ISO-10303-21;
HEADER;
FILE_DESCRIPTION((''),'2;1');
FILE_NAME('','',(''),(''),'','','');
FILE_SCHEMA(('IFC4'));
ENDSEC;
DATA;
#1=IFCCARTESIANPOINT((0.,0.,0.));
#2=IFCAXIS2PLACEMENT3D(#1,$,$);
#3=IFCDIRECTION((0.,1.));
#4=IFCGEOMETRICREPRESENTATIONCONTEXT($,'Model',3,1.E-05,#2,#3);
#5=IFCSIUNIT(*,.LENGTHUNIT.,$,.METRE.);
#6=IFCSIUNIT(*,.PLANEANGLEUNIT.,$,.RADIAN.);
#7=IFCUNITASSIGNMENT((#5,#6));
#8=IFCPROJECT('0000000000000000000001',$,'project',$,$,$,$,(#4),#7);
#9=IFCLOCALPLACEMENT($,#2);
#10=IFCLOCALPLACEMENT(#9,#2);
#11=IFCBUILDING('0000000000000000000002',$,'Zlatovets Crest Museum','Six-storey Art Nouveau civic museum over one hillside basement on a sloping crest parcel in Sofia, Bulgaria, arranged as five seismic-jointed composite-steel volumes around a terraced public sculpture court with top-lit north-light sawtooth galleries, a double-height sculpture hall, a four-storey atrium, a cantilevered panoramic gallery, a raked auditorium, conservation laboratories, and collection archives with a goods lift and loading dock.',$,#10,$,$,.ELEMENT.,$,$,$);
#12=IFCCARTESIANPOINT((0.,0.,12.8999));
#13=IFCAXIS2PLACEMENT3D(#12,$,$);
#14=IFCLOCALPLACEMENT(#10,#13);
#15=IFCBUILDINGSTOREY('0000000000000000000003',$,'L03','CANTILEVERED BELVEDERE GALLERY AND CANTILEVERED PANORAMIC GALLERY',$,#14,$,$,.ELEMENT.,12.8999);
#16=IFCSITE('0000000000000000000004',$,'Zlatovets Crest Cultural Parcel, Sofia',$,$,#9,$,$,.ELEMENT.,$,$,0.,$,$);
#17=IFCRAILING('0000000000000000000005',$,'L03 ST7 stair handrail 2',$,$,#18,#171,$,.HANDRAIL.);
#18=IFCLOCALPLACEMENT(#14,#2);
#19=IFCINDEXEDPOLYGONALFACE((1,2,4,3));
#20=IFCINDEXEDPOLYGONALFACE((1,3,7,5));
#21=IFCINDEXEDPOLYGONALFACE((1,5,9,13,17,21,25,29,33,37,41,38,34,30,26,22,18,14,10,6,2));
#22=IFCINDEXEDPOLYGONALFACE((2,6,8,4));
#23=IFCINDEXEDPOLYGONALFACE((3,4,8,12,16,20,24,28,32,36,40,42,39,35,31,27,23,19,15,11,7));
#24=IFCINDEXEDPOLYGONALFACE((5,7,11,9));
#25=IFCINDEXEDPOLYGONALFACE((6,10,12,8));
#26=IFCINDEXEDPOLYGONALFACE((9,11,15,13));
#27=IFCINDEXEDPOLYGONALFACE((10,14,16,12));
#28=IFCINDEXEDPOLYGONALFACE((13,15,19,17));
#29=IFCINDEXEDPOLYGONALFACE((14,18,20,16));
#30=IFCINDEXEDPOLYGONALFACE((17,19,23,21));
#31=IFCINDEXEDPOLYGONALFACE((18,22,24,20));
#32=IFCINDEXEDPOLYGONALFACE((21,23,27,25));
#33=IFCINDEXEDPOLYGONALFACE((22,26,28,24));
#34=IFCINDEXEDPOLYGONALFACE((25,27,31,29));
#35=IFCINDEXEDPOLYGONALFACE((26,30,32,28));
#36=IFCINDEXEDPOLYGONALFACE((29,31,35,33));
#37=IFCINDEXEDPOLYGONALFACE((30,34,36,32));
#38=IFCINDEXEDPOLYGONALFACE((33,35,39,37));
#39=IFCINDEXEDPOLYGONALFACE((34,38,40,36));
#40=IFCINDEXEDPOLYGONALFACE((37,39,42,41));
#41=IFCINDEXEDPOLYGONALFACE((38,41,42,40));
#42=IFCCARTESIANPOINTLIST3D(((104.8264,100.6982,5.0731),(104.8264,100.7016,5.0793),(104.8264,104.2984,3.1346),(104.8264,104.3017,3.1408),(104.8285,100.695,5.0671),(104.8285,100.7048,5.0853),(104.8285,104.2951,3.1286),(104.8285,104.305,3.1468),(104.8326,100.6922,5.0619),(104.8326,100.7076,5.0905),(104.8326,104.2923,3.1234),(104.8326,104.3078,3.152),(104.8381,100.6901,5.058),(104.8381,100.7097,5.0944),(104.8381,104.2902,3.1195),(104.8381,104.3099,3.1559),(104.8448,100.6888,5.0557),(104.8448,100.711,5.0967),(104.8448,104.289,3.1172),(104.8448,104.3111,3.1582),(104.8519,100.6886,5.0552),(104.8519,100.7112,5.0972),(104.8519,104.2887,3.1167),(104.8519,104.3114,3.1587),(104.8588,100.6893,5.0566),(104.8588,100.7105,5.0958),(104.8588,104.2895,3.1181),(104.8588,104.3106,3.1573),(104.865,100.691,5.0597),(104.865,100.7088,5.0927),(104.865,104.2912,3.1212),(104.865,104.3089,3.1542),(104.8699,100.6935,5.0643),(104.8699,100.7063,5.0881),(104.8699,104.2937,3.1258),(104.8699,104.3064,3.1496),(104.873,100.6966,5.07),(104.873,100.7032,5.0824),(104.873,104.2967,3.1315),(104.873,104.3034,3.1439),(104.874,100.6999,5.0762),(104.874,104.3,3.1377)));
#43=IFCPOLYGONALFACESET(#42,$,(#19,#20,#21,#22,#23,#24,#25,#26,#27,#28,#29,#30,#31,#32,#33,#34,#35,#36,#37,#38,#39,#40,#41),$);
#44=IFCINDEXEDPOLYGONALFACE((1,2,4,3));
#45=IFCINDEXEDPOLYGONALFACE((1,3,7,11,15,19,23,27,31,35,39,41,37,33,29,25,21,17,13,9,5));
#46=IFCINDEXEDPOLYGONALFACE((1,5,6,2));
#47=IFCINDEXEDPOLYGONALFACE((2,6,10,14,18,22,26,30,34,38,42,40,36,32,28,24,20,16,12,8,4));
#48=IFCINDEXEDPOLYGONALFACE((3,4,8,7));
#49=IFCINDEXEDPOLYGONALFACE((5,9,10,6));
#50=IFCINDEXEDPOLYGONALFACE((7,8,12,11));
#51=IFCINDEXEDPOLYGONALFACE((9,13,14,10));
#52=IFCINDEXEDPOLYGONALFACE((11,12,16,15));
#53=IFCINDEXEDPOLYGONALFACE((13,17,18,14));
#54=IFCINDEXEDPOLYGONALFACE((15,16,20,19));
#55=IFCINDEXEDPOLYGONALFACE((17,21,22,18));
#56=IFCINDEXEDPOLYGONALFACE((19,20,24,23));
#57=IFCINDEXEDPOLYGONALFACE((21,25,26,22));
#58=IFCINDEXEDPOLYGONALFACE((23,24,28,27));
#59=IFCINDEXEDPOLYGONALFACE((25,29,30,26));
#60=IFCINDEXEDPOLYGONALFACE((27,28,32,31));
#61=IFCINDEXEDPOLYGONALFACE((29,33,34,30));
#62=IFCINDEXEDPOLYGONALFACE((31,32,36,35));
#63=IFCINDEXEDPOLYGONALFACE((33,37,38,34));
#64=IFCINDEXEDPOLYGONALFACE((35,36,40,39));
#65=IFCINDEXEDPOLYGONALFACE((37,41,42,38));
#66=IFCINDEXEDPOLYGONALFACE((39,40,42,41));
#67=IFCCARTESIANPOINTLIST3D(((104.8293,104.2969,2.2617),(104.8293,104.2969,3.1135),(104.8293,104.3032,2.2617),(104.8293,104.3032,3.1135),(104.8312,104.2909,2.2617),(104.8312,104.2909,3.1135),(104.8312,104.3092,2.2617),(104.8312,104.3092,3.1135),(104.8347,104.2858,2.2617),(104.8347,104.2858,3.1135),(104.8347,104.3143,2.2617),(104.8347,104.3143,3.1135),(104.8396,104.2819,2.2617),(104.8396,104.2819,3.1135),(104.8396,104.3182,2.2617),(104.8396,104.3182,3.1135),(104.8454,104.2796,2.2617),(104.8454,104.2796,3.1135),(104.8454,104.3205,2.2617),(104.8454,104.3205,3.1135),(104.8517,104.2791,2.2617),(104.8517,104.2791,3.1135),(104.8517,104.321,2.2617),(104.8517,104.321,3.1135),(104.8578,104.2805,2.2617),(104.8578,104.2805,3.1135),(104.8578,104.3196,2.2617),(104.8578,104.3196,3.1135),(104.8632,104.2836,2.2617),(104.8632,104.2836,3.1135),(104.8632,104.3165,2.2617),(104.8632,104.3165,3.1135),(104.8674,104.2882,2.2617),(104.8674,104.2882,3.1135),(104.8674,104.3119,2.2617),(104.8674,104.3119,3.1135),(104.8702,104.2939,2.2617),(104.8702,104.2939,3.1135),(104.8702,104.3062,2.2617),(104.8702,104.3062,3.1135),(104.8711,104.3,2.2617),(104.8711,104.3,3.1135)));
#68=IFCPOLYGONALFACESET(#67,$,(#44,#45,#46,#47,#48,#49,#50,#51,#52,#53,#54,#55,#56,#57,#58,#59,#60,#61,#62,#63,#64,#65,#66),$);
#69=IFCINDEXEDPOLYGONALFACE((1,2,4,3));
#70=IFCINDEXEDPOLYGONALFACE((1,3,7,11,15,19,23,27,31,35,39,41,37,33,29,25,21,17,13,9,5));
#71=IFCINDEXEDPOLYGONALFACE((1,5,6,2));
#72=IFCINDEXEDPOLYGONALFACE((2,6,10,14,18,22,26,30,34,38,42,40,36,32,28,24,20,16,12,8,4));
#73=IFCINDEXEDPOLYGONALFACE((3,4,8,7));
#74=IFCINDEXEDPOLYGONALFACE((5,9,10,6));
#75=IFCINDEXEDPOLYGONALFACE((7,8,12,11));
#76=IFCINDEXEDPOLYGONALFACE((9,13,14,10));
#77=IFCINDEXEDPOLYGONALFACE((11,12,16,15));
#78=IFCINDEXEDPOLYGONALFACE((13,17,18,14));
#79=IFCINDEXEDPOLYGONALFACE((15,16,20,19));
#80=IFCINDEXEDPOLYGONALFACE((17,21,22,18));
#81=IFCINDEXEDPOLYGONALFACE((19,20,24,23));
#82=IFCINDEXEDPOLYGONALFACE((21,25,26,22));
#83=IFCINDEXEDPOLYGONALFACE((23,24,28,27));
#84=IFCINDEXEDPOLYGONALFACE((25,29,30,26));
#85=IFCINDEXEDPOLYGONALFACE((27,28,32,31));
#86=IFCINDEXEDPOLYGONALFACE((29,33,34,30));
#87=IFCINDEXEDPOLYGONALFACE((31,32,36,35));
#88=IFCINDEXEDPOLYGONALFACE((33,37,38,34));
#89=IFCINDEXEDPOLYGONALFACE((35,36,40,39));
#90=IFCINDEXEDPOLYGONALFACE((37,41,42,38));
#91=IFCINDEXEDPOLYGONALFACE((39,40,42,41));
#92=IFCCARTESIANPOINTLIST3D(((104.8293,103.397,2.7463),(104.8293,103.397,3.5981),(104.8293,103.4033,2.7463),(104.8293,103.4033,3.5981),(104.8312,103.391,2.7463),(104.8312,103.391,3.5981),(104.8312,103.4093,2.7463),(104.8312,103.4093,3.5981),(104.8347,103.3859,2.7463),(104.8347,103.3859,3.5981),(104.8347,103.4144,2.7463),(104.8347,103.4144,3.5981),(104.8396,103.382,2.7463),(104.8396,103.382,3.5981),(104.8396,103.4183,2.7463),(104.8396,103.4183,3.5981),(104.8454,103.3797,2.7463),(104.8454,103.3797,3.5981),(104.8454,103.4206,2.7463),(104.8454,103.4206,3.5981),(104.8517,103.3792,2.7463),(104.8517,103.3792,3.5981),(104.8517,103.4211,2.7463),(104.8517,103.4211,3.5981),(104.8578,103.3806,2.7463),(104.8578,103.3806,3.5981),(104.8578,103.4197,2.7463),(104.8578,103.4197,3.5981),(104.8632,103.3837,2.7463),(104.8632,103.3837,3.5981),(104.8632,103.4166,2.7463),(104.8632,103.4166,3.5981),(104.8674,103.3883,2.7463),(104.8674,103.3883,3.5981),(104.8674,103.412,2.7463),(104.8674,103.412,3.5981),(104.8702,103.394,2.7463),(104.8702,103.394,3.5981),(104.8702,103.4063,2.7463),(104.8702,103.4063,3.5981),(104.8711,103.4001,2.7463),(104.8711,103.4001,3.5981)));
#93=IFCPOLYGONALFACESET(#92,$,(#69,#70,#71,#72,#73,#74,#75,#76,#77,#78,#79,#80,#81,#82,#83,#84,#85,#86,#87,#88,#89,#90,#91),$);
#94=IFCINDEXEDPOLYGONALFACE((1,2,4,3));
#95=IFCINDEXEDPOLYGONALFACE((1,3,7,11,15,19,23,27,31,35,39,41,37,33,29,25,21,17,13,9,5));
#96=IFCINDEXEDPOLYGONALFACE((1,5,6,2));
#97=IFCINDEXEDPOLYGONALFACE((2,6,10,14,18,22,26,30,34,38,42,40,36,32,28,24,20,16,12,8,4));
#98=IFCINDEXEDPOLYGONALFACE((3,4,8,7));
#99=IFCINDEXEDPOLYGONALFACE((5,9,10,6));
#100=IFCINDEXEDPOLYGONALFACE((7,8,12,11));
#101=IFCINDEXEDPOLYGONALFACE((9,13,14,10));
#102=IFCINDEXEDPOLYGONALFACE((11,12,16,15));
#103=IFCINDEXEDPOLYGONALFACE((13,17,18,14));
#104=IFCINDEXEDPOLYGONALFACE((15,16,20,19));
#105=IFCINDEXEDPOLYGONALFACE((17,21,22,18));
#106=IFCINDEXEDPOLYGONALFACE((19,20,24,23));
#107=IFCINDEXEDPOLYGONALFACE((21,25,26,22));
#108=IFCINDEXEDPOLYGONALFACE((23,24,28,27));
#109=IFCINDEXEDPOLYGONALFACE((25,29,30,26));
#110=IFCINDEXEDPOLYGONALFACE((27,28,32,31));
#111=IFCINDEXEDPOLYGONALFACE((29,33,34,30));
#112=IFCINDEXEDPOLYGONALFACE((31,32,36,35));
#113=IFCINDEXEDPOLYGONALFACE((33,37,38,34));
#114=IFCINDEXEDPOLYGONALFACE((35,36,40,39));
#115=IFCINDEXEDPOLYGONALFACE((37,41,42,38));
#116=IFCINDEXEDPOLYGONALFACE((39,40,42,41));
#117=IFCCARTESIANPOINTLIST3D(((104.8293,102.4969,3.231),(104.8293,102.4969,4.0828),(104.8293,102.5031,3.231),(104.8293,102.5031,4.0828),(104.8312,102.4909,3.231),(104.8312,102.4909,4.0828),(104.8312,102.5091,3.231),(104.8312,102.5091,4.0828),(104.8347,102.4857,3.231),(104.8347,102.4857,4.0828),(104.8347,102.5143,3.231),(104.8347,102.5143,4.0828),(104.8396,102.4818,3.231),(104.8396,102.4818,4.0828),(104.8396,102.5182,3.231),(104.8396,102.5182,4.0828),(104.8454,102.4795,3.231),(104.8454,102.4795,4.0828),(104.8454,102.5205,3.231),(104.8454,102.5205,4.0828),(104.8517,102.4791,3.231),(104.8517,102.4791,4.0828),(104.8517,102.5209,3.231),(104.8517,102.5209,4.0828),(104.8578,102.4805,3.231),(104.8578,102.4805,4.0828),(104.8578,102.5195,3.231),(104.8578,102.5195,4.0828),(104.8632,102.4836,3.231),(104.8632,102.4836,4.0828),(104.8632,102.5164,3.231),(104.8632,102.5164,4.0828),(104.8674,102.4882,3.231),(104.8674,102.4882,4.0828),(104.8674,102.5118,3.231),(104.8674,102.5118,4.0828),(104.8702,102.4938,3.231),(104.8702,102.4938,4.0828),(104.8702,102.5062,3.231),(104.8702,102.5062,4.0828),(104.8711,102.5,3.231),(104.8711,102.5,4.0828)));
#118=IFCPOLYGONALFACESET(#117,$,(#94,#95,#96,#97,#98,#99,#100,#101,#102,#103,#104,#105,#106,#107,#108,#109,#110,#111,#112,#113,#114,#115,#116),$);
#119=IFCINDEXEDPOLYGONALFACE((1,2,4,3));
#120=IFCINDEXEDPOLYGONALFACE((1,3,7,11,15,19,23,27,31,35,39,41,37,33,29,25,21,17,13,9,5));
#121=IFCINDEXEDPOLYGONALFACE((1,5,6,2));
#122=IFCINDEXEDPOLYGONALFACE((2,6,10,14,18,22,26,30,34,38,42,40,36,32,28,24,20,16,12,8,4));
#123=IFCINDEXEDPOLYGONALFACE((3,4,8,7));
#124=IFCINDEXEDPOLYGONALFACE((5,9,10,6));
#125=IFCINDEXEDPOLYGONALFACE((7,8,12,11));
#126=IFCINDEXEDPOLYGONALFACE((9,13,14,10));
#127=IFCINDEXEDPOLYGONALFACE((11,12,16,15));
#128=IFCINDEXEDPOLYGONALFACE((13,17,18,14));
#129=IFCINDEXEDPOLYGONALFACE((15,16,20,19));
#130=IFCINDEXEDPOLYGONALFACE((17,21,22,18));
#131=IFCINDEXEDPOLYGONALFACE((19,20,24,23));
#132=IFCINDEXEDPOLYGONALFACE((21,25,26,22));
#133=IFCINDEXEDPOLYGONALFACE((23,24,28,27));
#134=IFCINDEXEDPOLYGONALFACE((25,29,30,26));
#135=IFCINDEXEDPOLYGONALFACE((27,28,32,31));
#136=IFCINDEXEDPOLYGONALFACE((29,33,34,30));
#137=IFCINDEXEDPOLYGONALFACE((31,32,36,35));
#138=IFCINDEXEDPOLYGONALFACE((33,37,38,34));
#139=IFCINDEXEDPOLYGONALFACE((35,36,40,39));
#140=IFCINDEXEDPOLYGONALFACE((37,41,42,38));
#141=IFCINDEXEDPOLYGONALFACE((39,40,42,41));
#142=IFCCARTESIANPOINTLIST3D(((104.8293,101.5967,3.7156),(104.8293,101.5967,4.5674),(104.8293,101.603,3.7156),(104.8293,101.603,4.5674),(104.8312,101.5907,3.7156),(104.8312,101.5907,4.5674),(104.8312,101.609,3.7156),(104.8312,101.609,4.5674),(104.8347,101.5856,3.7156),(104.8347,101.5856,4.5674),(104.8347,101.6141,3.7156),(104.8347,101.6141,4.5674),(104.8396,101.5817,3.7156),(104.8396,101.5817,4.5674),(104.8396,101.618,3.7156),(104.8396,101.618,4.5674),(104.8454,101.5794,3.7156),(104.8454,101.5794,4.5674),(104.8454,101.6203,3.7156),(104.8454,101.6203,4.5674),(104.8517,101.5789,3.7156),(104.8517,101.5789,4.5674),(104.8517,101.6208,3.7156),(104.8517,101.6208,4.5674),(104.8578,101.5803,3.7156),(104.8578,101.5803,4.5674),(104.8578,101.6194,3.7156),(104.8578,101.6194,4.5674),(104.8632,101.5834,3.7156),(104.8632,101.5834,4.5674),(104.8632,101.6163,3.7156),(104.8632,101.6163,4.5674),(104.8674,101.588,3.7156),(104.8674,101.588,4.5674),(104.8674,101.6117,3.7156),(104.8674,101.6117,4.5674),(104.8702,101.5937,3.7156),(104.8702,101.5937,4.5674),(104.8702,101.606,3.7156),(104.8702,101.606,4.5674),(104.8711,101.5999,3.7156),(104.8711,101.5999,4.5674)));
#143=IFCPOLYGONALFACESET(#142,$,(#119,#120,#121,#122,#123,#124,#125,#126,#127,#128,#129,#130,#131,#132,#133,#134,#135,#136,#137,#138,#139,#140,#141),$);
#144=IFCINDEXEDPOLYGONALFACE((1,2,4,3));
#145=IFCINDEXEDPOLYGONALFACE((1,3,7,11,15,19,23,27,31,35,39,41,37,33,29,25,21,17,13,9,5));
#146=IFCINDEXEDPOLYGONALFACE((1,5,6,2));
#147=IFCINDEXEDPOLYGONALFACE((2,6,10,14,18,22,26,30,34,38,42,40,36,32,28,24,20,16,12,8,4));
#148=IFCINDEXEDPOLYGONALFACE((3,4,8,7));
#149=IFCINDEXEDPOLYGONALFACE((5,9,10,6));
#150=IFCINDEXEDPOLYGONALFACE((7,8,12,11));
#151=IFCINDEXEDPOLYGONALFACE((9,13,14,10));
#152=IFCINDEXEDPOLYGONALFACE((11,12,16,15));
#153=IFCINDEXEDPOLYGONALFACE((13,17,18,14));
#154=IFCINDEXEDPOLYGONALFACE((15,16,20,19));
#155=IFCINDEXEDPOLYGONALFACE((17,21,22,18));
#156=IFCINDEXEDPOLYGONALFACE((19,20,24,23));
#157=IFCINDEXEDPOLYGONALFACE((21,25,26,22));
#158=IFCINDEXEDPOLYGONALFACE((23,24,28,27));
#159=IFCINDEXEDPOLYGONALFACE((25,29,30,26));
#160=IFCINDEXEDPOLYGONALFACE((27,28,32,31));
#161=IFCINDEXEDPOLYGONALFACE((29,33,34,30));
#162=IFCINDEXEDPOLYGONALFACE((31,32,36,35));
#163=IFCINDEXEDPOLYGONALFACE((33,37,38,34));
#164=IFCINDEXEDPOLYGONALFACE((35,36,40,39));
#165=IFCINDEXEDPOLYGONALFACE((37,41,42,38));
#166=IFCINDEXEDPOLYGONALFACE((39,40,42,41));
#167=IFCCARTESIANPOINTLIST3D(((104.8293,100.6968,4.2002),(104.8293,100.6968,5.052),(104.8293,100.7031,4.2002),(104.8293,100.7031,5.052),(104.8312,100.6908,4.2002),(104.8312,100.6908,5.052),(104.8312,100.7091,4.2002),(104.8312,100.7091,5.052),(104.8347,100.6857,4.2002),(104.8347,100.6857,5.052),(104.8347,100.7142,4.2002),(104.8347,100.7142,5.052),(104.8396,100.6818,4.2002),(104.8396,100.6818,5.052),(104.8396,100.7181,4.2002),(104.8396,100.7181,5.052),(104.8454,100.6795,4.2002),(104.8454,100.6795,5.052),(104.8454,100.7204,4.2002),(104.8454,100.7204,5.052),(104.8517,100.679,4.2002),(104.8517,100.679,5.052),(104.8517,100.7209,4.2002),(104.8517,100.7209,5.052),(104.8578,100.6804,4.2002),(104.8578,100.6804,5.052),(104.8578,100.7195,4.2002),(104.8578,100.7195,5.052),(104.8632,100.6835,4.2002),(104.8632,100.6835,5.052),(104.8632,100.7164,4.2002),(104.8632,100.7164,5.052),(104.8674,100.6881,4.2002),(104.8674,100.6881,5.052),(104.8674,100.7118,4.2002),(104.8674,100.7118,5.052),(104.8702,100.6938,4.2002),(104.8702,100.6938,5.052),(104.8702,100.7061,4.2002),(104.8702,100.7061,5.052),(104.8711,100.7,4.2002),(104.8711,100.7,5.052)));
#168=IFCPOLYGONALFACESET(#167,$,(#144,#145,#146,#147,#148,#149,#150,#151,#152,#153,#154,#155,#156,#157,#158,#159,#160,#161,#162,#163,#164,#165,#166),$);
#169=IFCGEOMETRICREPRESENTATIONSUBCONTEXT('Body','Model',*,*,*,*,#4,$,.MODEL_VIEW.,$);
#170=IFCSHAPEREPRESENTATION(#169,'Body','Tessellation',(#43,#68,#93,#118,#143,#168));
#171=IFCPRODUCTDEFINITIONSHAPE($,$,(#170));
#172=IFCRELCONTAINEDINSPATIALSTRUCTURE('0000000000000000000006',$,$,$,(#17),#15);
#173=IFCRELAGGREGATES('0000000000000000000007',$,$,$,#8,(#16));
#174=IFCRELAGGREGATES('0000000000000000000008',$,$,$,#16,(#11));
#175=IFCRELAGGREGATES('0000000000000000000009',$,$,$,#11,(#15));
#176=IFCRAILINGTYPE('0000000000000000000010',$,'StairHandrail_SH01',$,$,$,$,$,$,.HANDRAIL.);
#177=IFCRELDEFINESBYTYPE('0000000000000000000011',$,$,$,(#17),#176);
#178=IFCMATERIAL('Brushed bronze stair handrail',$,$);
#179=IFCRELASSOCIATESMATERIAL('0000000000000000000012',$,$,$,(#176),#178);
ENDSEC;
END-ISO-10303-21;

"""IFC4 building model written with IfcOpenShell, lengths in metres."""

from ifc_helpers import new_model, si_unit, direction, frame, origin, origin_2d, place, context, subcontext, project, spatial, circle, extrude, material, type_object, element, save


model = new_model("IFC4")

# Units and contexts
model_context = context("Model", 3, precision=1e-05, world=origin(), true_north=direction((0.0, 1.0)))
body_context = subcontext(model_context, "Body", "Model", "MODEL_VIEW")
ifc_project = project(units=[si_unit("LENGTHUNIT", "METRE"), si_unit("PLANEANGLEUNIT", "RADIAN")], contexts=[model_context])

# Site, building, storey
site_placement = place(None, origin())
site = spatial("IfcSite", under=ifc_project, at=site_placement, Name="Zlatovets Crest Cultural Parcel, Sofia", CompositionType="ELEMENT", RefElevation=0.0)
building_placement = place(site_placement, origin())
building = spatial("IfcBuilding", under=site, at=building_placement, Name="Zlatovets Crest Museum", Description="Six-storey Art Nouveau civic museum over one hillside basement on a sloping crest parcel in Sofia, Bulgaria, arranged as five seismic-jointed composite-steel volumes around a terraced public sculpture court with top-lit north-light sawtooth galleries, a double-height sculpture hall, a four-storey atrium, a cantilevered panoramic gallery, a raked auditorium, conservation laboratories, and collection archives with a goods lift and loading dock.", CompositionType="ELEMENT")
storey_placement = place(building_placement, frame((0.0, 0.0, 12.8999)))
storey = spatial("IfcBuildingStorey", under=building, at=storey_placement, Name="L03", Description="CANTILEVERED BELVEDERE GALLERY AND CANTILEVERED PANORAMIC GALLERY", CompositionType="ELEMENT", Elevation=12.8999)

# Railing
ifc_material_1 = material(Name="Brushed bronze stair handrail")
railing_type_1 = type_object("IfcRailingType", Name="StairHandrail_SH01", PredefinedType="HANDRAIL", material=ifc_material_1)
railing_1_placement = place(storey_placement, frame((104.8501, 104.3, 2.2617)))
element("IfcRailing", 1, at=railing_1_placement, inside=storey, type_object=railing_type_1, Name="L03 ST7 stair handrail 2", PredefinedType="HANDRAIL", context=body_context, shape_type="SweptSolid", body=[
    extrude(circle(Radius=0.0239, at=origin_2d()), frame((0.0, 0.0, 0.876), z_axis=(0.0, -0.880475, 0.474093), x_axis=(1.0, 0.0, 0.0)), (0.0, 0.0, 1.0), 4.0889),
    extrude(circle(Radius=0.021, at=origin_2d()), origin(), (0.0, 0.0, 1.0), 0.8518),
    extrude(circle(Radius=0.021, at=origin_2d()), frame((0.0, -0.8999, 0.4846)), (0.0, 0.0, 1.0), 0.8518),
    extrude(circle(Radius=0.021, at=origin_2d()), frame((0.0, -1.8, 0.9692)), (0.0, 0.0, 1.0), 0.8518),
    extrude(circle(Radius=0.021, at=origin_2d()), frame((0.0, -2.7002, 1.4539)), (0.0, 0.0, 1.0), 0.8518),
    extrude(circle(Radius=0.021, at=origin_2d()), frame((0.0, -3.6001, 1.9385)), (0.0, 0.0, 1.0), 0.8518),
])

save(model, "model.ifc")
